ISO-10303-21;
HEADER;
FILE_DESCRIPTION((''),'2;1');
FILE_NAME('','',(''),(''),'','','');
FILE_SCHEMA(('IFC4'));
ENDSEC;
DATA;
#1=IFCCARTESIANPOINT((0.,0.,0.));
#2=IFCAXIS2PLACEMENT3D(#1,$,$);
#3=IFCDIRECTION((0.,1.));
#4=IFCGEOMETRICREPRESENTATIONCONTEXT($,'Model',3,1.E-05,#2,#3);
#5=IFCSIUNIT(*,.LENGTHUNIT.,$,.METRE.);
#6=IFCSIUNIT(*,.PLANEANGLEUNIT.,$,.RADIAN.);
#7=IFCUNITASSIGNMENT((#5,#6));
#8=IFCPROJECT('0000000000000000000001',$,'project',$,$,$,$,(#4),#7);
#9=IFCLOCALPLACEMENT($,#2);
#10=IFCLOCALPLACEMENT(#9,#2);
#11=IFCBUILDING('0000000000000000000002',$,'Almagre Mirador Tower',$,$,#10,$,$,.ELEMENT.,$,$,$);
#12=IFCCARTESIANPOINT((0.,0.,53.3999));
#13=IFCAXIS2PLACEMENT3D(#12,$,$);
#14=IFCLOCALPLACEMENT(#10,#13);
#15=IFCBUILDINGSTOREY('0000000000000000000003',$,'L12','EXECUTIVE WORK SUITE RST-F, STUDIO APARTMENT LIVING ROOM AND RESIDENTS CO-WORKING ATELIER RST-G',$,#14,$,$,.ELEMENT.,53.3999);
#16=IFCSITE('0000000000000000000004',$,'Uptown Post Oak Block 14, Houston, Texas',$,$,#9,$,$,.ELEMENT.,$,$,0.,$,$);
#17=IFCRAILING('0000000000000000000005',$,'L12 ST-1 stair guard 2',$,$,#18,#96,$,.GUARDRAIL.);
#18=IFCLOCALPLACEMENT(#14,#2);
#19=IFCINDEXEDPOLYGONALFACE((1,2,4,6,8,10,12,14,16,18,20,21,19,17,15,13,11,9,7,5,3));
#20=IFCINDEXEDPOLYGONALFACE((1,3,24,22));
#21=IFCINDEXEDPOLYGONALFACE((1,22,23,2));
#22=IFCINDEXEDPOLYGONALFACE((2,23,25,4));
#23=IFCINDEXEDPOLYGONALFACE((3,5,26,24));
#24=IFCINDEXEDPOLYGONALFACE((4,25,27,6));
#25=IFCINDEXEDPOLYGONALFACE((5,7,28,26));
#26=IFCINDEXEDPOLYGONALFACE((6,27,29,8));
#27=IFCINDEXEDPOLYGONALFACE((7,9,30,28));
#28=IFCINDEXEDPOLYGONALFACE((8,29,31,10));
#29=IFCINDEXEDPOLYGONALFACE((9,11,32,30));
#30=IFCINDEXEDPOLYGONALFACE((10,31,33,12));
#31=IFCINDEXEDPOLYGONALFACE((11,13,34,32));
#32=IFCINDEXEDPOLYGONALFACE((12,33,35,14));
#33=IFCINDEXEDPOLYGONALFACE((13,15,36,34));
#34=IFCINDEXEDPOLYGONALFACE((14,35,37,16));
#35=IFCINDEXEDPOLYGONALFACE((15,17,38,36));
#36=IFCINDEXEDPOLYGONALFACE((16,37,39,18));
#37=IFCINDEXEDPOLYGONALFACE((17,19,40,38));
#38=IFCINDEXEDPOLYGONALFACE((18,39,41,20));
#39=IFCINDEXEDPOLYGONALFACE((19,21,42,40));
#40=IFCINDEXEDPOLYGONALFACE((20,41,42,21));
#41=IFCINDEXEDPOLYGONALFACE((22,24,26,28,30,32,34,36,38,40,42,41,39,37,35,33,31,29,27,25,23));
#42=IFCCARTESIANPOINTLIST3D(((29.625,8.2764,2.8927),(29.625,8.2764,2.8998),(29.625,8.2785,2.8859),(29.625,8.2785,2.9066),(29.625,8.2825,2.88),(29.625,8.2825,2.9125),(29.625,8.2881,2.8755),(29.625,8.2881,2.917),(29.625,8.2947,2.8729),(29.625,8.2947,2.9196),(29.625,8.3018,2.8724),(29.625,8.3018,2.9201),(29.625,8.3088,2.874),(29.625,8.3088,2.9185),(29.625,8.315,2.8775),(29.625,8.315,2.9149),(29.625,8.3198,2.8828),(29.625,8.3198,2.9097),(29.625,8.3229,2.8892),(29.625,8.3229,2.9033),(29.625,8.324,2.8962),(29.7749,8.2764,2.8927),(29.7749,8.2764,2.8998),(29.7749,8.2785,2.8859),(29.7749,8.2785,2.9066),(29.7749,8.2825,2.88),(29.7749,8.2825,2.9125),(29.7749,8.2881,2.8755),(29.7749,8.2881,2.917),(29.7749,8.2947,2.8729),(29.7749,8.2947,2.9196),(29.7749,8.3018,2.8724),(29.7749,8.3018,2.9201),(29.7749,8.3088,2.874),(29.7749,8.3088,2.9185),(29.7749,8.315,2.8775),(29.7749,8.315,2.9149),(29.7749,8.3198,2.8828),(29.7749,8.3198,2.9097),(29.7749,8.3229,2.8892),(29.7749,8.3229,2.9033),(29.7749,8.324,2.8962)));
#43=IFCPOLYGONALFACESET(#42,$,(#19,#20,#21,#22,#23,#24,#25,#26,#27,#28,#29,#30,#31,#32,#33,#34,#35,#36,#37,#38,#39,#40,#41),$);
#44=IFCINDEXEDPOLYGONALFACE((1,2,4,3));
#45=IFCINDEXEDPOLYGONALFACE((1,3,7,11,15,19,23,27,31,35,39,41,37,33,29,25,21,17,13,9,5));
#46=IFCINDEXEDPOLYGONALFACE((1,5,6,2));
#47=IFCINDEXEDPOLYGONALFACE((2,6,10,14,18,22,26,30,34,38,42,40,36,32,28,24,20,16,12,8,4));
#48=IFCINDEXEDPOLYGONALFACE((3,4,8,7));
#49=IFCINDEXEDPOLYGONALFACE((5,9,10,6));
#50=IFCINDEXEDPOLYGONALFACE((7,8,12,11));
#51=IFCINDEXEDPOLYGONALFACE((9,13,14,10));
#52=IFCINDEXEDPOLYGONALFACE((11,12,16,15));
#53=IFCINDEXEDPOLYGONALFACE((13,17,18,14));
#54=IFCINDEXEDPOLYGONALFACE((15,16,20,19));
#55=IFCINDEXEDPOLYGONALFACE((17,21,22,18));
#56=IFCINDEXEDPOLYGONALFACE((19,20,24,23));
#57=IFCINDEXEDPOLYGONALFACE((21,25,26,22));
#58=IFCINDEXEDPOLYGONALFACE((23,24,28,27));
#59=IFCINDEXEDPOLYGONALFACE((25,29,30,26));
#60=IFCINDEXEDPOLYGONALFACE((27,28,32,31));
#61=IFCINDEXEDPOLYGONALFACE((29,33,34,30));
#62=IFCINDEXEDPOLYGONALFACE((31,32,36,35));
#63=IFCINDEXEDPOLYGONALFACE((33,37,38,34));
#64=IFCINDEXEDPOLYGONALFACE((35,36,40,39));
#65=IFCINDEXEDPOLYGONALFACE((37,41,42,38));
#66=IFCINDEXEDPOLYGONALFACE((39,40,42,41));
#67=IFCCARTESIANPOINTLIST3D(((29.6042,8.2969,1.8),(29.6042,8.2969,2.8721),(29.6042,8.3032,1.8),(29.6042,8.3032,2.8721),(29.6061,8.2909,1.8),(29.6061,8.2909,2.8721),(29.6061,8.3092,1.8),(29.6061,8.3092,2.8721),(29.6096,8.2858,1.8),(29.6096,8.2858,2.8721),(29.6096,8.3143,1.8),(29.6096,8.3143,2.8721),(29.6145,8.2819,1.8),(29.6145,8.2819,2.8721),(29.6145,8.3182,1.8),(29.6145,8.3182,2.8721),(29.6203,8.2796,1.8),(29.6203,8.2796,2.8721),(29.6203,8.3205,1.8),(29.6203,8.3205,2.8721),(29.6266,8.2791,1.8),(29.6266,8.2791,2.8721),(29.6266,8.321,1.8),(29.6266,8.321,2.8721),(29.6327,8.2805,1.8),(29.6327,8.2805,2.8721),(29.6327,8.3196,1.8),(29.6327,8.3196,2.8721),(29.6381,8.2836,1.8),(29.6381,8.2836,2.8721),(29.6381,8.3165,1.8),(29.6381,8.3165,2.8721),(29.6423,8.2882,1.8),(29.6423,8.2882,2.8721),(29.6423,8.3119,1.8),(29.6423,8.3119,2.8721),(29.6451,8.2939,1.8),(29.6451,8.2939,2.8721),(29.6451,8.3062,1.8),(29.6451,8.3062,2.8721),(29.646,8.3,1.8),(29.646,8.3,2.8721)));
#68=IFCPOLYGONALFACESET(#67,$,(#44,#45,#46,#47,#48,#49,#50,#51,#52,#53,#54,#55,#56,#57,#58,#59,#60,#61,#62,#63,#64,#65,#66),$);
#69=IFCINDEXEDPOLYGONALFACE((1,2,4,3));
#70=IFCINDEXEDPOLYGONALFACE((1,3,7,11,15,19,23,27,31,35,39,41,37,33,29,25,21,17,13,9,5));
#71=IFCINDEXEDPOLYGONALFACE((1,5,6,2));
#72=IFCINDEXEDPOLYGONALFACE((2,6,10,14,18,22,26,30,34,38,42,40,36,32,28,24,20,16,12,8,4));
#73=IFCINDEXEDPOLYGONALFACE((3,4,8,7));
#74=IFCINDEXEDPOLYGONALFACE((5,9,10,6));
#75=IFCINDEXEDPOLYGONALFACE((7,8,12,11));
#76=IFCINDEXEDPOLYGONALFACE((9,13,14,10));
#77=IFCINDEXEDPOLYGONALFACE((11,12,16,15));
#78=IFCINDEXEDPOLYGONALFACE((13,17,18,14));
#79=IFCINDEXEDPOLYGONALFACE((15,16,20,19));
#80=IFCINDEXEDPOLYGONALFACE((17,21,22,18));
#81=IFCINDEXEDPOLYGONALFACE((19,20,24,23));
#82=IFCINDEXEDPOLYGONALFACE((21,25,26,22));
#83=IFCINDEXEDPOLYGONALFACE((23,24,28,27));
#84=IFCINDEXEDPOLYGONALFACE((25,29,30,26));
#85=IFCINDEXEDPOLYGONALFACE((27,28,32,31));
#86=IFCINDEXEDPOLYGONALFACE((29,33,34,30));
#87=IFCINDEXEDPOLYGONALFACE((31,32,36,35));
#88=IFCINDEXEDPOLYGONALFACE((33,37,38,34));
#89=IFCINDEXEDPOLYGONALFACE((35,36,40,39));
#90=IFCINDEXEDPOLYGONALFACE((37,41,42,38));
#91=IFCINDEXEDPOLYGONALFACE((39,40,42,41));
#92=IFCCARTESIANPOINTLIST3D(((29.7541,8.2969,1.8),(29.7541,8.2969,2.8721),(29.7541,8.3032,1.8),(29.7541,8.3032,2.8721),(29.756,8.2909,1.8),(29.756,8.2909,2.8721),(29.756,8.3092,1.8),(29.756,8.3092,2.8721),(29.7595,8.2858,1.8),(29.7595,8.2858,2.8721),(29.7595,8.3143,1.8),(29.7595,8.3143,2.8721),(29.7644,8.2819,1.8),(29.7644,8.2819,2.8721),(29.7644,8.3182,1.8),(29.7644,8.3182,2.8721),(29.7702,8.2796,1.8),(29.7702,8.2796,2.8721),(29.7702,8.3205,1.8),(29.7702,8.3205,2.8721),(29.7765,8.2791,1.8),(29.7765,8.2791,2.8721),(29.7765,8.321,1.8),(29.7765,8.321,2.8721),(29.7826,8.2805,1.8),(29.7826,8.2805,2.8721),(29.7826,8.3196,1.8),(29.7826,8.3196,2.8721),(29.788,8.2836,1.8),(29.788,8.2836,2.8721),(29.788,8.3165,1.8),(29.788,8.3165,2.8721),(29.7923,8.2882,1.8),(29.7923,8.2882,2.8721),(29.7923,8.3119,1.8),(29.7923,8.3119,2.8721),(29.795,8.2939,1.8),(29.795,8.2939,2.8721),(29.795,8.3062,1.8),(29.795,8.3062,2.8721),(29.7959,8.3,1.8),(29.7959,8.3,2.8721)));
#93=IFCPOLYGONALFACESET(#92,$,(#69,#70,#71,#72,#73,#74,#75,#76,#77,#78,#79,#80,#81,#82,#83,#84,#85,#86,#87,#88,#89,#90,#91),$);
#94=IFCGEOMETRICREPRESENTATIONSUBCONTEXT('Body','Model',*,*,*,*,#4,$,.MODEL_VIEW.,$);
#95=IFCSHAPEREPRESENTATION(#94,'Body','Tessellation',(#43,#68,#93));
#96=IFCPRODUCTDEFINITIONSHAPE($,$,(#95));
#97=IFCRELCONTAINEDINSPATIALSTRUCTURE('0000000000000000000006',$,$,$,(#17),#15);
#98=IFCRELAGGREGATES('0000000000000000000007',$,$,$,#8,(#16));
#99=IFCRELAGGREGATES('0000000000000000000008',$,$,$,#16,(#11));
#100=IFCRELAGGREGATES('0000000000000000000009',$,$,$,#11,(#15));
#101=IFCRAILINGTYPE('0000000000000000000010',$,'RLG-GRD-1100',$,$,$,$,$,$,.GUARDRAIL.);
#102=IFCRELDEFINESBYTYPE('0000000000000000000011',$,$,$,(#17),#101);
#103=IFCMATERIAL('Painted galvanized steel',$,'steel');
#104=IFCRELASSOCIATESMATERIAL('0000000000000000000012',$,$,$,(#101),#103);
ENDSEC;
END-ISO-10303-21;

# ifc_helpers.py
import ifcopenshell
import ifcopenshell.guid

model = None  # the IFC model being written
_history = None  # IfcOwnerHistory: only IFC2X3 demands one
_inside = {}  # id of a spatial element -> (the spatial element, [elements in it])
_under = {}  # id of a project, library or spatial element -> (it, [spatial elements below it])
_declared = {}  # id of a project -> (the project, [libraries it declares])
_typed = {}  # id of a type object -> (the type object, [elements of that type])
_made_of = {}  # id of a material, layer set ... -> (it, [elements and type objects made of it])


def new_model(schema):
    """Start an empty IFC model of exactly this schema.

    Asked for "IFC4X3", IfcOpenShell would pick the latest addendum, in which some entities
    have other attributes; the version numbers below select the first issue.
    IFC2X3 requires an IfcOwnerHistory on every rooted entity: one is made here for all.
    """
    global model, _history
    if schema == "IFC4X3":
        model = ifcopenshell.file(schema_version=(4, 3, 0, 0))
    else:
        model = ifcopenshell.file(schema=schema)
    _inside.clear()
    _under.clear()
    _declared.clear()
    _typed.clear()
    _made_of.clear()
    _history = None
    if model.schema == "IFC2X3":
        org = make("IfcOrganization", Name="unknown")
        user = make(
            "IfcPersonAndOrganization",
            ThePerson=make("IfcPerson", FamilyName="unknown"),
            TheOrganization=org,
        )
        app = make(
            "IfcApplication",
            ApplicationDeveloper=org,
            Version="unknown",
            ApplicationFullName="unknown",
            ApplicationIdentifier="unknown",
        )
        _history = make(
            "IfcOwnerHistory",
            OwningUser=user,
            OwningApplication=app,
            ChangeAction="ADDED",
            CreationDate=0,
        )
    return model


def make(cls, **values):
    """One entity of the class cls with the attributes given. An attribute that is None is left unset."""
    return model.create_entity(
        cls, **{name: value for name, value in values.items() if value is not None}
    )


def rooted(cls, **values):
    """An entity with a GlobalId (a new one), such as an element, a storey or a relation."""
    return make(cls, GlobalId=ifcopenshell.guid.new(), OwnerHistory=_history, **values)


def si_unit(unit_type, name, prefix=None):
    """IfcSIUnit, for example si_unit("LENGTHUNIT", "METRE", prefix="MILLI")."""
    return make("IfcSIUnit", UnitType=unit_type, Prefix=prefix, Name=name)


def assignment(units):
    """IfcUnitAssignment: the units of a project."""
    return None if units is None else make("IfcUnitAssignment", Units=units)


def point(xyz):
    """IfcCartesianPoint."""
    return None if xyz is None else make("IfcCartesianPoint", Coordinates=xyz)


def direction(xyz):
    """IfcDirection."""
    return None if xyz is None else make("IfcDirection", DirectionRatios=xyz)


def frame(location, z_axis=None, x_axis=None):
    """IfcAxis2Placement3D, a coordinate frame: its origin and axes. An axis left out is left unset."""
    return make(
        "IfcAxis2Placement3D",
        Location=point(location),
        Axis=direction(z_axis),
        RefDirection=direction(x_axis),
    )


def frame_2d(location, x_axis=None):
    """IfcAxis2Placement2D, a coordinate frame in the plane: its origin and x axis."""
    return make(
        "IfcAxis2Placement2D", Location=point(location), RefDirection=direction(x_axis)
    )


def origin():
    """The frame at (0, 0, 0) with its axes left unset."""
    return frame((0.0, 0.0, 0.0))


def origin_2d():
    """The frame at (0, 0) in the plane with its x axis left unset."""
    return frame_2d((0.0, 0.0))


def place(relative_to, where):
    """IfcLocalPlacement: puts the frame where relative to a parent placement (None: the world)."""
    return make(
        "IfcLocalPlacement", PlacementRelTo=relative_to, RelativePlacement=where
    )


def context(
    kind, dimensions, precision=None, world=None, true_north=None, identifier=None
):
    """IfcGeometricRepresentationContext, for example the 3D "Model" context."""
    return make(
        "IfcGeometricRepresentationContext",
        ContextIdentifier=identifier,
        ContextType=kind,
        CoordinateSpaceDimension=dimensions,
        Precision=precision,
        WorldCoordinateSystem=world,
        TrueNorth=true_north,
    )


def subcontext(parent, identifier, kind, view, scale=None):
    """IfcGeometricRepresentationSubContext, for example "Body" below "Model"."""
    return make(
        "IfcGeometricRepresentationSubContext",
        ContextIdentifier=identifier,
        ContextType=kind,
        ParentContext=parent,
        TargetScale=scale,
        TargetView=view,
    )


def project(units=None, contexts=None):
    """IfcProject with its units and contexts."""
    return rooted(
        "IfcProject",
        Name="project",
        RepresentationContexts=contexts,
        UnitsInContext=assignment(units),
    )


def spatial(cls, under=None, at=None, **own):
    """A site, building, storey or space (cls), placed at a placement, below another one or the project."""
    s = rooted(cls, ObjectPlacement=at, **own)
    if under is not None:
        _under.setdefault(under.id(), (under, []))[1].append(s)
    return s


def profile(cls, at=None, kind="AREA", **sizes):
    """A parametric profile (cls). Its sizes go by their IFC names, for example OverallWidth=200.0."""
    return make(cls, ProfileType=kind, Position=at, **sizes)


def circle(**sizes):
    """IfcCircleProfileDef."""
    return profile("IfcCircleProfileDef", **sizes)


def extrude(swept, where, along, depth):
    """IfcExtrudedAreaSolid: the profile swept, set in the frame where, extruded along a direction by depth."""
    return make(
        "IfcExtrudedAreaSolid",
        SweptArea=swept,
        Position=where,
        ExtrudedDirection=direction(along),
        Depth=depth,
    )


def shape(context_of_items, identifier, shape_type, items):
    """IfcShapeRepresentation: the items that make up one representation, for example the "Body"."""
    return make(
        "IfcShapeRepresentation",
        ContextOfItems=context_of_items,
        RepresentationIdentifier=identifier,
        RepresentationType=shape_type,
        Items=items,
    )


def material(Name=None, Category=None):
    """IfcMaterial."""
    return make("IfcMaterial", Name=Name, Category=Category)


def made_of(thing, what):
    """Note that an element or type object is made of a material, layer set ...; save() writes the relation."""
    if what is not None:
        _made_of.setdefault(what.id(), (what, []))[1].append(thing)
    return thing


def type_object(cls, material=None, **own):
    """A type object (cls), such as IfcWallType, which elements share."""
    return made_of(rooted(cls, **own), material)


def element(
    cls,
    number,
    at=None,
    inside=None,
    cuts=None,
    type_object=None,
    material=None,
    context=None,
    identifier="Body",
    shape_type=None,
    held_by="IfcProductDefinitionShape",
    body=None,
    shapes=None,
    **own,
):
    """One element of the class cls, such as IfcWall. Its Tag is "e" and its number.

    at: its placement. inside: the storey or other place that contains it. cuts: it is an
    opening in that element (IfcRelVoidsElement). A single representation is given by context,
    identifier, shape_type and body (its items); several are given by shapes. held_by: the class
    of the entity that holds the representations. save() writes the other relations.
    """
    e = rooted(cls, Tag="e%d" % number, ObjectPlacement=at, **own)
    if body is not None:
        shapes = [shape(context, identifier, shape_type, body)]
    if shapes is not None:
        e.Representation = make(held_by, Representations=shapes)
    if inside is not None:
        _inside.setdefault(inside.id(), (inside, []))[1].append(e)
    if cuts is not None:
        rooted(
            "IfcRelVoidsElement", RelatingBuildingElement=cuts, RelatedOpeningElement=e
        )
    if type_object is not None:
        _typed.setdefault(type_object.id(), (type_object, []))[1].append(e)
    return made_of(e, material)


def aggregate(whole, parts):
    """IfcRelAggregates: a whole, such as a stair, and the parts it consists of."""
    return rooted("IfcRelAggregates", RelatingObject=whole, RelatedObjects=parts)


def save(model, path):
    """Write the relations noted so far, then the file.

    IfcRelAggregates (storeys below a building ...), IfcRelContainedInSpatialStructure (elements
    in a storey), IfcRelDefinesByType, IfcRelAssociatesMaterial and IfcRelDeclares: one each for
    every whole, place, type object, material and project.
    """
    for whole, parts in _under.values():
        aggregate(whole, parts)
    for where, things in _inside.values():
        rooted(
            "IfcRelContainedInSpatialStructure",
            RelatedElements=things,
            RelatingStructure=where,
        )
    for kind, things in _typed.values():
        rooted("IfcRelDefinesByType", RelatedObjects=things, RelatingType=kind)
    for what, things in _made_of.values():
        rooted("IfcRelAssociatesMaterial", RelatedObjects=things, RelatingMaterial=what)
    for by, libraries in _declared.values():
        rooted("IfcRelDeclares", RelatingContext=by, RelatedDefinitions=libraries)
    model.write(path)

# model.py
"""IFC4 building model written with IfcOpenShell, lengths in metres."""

from ifc_helpers import new_model, si_unit, direction, frame, origin, origin_2d, place, context, subcontext, project, spatial, circle, extrude, material, type_object, element, save


model = new_model("IFC4")

# Units and contexts
model_context = context("Model", 3, precision=1e-05, world=origin(), true_north=direction((0.0, 1.0)))
body_context = subcontext(model_context, "Body", "Model", "MODEL_VIEW")
ifc_project = project(units=[si_unit("LENGTHUNIT", "METRE"), si_unit("PLANEANGLEUNIT", "RADIAN")], contexts=[model_context])

# Site, building, storey
site_placement = place(None, origin())
site = spatial("IfcSite", under=ifc_project, at=site_placement, Name="Uptown Post Oak Block 14, Houston, Texas", CompositionType="ELEMENT", RefElevation=0.0)
building_placement = place(site_placement, origin())
building = spatial("IfcBuilding", under=site, at=building_placement, Name="Almagre Mirador Tower", CompositionType="ELEMENT")
storey_placement = place(building_placement, frame((0.0, 0.0, 53.3999)))
storey = spatial("IfcBuildingStorey", under=building, at=storey_placement, Name="L12", Description="EXECUTIVE WORK SUITE RST-F, STUDIO APARTMENT LIVING ROOM AND RESIDENTS CO-WORKING ATELIER RST-G", CompositionType="ELEMENT", Elevation=53.3999)

# Railing
ifc_material_1 = material(Name="Painted galvanized steel", Category="steel")
railing_type_1 = type_object("IfcRailingType", Name="RLG-GRD-1100", PredefinedType="GUARDRAIL", material=ifc_material_1)
railing_1_placement = place(storey_placement, frame((29.625, 8.3, 1.8)))
element("IfcRailing", 1, at=railing_1_placement, inside=storey, type_object=railing_type_1, Name="L12 ST-1 stair guard 2", PredefinedType="GUARDRAIL", context=body_context, shape_type="SweptSolid", body=[
    extrude(circle(Radius=0.0239, at=origin_2d()), frame((0.0, 0.0, 1.0962), z_axis=(1.0, 0.0, 0.0), x_axis=(0.0, 1.0, 0.0)), (0.0, 0.0, 1.0), 0.1499),
    extrude(circle(Radius=0.021, at=origin_2d()), origin(), (0.0, 0.0, 1.0), 1.072),
    extrude(circle(Radius=0.021, at=origin_2d()), frame((0.1499, 0.0, 0.0)), (0.0, 0.0, 1.0), 1.072),
])

save(model, "model.ifc")
